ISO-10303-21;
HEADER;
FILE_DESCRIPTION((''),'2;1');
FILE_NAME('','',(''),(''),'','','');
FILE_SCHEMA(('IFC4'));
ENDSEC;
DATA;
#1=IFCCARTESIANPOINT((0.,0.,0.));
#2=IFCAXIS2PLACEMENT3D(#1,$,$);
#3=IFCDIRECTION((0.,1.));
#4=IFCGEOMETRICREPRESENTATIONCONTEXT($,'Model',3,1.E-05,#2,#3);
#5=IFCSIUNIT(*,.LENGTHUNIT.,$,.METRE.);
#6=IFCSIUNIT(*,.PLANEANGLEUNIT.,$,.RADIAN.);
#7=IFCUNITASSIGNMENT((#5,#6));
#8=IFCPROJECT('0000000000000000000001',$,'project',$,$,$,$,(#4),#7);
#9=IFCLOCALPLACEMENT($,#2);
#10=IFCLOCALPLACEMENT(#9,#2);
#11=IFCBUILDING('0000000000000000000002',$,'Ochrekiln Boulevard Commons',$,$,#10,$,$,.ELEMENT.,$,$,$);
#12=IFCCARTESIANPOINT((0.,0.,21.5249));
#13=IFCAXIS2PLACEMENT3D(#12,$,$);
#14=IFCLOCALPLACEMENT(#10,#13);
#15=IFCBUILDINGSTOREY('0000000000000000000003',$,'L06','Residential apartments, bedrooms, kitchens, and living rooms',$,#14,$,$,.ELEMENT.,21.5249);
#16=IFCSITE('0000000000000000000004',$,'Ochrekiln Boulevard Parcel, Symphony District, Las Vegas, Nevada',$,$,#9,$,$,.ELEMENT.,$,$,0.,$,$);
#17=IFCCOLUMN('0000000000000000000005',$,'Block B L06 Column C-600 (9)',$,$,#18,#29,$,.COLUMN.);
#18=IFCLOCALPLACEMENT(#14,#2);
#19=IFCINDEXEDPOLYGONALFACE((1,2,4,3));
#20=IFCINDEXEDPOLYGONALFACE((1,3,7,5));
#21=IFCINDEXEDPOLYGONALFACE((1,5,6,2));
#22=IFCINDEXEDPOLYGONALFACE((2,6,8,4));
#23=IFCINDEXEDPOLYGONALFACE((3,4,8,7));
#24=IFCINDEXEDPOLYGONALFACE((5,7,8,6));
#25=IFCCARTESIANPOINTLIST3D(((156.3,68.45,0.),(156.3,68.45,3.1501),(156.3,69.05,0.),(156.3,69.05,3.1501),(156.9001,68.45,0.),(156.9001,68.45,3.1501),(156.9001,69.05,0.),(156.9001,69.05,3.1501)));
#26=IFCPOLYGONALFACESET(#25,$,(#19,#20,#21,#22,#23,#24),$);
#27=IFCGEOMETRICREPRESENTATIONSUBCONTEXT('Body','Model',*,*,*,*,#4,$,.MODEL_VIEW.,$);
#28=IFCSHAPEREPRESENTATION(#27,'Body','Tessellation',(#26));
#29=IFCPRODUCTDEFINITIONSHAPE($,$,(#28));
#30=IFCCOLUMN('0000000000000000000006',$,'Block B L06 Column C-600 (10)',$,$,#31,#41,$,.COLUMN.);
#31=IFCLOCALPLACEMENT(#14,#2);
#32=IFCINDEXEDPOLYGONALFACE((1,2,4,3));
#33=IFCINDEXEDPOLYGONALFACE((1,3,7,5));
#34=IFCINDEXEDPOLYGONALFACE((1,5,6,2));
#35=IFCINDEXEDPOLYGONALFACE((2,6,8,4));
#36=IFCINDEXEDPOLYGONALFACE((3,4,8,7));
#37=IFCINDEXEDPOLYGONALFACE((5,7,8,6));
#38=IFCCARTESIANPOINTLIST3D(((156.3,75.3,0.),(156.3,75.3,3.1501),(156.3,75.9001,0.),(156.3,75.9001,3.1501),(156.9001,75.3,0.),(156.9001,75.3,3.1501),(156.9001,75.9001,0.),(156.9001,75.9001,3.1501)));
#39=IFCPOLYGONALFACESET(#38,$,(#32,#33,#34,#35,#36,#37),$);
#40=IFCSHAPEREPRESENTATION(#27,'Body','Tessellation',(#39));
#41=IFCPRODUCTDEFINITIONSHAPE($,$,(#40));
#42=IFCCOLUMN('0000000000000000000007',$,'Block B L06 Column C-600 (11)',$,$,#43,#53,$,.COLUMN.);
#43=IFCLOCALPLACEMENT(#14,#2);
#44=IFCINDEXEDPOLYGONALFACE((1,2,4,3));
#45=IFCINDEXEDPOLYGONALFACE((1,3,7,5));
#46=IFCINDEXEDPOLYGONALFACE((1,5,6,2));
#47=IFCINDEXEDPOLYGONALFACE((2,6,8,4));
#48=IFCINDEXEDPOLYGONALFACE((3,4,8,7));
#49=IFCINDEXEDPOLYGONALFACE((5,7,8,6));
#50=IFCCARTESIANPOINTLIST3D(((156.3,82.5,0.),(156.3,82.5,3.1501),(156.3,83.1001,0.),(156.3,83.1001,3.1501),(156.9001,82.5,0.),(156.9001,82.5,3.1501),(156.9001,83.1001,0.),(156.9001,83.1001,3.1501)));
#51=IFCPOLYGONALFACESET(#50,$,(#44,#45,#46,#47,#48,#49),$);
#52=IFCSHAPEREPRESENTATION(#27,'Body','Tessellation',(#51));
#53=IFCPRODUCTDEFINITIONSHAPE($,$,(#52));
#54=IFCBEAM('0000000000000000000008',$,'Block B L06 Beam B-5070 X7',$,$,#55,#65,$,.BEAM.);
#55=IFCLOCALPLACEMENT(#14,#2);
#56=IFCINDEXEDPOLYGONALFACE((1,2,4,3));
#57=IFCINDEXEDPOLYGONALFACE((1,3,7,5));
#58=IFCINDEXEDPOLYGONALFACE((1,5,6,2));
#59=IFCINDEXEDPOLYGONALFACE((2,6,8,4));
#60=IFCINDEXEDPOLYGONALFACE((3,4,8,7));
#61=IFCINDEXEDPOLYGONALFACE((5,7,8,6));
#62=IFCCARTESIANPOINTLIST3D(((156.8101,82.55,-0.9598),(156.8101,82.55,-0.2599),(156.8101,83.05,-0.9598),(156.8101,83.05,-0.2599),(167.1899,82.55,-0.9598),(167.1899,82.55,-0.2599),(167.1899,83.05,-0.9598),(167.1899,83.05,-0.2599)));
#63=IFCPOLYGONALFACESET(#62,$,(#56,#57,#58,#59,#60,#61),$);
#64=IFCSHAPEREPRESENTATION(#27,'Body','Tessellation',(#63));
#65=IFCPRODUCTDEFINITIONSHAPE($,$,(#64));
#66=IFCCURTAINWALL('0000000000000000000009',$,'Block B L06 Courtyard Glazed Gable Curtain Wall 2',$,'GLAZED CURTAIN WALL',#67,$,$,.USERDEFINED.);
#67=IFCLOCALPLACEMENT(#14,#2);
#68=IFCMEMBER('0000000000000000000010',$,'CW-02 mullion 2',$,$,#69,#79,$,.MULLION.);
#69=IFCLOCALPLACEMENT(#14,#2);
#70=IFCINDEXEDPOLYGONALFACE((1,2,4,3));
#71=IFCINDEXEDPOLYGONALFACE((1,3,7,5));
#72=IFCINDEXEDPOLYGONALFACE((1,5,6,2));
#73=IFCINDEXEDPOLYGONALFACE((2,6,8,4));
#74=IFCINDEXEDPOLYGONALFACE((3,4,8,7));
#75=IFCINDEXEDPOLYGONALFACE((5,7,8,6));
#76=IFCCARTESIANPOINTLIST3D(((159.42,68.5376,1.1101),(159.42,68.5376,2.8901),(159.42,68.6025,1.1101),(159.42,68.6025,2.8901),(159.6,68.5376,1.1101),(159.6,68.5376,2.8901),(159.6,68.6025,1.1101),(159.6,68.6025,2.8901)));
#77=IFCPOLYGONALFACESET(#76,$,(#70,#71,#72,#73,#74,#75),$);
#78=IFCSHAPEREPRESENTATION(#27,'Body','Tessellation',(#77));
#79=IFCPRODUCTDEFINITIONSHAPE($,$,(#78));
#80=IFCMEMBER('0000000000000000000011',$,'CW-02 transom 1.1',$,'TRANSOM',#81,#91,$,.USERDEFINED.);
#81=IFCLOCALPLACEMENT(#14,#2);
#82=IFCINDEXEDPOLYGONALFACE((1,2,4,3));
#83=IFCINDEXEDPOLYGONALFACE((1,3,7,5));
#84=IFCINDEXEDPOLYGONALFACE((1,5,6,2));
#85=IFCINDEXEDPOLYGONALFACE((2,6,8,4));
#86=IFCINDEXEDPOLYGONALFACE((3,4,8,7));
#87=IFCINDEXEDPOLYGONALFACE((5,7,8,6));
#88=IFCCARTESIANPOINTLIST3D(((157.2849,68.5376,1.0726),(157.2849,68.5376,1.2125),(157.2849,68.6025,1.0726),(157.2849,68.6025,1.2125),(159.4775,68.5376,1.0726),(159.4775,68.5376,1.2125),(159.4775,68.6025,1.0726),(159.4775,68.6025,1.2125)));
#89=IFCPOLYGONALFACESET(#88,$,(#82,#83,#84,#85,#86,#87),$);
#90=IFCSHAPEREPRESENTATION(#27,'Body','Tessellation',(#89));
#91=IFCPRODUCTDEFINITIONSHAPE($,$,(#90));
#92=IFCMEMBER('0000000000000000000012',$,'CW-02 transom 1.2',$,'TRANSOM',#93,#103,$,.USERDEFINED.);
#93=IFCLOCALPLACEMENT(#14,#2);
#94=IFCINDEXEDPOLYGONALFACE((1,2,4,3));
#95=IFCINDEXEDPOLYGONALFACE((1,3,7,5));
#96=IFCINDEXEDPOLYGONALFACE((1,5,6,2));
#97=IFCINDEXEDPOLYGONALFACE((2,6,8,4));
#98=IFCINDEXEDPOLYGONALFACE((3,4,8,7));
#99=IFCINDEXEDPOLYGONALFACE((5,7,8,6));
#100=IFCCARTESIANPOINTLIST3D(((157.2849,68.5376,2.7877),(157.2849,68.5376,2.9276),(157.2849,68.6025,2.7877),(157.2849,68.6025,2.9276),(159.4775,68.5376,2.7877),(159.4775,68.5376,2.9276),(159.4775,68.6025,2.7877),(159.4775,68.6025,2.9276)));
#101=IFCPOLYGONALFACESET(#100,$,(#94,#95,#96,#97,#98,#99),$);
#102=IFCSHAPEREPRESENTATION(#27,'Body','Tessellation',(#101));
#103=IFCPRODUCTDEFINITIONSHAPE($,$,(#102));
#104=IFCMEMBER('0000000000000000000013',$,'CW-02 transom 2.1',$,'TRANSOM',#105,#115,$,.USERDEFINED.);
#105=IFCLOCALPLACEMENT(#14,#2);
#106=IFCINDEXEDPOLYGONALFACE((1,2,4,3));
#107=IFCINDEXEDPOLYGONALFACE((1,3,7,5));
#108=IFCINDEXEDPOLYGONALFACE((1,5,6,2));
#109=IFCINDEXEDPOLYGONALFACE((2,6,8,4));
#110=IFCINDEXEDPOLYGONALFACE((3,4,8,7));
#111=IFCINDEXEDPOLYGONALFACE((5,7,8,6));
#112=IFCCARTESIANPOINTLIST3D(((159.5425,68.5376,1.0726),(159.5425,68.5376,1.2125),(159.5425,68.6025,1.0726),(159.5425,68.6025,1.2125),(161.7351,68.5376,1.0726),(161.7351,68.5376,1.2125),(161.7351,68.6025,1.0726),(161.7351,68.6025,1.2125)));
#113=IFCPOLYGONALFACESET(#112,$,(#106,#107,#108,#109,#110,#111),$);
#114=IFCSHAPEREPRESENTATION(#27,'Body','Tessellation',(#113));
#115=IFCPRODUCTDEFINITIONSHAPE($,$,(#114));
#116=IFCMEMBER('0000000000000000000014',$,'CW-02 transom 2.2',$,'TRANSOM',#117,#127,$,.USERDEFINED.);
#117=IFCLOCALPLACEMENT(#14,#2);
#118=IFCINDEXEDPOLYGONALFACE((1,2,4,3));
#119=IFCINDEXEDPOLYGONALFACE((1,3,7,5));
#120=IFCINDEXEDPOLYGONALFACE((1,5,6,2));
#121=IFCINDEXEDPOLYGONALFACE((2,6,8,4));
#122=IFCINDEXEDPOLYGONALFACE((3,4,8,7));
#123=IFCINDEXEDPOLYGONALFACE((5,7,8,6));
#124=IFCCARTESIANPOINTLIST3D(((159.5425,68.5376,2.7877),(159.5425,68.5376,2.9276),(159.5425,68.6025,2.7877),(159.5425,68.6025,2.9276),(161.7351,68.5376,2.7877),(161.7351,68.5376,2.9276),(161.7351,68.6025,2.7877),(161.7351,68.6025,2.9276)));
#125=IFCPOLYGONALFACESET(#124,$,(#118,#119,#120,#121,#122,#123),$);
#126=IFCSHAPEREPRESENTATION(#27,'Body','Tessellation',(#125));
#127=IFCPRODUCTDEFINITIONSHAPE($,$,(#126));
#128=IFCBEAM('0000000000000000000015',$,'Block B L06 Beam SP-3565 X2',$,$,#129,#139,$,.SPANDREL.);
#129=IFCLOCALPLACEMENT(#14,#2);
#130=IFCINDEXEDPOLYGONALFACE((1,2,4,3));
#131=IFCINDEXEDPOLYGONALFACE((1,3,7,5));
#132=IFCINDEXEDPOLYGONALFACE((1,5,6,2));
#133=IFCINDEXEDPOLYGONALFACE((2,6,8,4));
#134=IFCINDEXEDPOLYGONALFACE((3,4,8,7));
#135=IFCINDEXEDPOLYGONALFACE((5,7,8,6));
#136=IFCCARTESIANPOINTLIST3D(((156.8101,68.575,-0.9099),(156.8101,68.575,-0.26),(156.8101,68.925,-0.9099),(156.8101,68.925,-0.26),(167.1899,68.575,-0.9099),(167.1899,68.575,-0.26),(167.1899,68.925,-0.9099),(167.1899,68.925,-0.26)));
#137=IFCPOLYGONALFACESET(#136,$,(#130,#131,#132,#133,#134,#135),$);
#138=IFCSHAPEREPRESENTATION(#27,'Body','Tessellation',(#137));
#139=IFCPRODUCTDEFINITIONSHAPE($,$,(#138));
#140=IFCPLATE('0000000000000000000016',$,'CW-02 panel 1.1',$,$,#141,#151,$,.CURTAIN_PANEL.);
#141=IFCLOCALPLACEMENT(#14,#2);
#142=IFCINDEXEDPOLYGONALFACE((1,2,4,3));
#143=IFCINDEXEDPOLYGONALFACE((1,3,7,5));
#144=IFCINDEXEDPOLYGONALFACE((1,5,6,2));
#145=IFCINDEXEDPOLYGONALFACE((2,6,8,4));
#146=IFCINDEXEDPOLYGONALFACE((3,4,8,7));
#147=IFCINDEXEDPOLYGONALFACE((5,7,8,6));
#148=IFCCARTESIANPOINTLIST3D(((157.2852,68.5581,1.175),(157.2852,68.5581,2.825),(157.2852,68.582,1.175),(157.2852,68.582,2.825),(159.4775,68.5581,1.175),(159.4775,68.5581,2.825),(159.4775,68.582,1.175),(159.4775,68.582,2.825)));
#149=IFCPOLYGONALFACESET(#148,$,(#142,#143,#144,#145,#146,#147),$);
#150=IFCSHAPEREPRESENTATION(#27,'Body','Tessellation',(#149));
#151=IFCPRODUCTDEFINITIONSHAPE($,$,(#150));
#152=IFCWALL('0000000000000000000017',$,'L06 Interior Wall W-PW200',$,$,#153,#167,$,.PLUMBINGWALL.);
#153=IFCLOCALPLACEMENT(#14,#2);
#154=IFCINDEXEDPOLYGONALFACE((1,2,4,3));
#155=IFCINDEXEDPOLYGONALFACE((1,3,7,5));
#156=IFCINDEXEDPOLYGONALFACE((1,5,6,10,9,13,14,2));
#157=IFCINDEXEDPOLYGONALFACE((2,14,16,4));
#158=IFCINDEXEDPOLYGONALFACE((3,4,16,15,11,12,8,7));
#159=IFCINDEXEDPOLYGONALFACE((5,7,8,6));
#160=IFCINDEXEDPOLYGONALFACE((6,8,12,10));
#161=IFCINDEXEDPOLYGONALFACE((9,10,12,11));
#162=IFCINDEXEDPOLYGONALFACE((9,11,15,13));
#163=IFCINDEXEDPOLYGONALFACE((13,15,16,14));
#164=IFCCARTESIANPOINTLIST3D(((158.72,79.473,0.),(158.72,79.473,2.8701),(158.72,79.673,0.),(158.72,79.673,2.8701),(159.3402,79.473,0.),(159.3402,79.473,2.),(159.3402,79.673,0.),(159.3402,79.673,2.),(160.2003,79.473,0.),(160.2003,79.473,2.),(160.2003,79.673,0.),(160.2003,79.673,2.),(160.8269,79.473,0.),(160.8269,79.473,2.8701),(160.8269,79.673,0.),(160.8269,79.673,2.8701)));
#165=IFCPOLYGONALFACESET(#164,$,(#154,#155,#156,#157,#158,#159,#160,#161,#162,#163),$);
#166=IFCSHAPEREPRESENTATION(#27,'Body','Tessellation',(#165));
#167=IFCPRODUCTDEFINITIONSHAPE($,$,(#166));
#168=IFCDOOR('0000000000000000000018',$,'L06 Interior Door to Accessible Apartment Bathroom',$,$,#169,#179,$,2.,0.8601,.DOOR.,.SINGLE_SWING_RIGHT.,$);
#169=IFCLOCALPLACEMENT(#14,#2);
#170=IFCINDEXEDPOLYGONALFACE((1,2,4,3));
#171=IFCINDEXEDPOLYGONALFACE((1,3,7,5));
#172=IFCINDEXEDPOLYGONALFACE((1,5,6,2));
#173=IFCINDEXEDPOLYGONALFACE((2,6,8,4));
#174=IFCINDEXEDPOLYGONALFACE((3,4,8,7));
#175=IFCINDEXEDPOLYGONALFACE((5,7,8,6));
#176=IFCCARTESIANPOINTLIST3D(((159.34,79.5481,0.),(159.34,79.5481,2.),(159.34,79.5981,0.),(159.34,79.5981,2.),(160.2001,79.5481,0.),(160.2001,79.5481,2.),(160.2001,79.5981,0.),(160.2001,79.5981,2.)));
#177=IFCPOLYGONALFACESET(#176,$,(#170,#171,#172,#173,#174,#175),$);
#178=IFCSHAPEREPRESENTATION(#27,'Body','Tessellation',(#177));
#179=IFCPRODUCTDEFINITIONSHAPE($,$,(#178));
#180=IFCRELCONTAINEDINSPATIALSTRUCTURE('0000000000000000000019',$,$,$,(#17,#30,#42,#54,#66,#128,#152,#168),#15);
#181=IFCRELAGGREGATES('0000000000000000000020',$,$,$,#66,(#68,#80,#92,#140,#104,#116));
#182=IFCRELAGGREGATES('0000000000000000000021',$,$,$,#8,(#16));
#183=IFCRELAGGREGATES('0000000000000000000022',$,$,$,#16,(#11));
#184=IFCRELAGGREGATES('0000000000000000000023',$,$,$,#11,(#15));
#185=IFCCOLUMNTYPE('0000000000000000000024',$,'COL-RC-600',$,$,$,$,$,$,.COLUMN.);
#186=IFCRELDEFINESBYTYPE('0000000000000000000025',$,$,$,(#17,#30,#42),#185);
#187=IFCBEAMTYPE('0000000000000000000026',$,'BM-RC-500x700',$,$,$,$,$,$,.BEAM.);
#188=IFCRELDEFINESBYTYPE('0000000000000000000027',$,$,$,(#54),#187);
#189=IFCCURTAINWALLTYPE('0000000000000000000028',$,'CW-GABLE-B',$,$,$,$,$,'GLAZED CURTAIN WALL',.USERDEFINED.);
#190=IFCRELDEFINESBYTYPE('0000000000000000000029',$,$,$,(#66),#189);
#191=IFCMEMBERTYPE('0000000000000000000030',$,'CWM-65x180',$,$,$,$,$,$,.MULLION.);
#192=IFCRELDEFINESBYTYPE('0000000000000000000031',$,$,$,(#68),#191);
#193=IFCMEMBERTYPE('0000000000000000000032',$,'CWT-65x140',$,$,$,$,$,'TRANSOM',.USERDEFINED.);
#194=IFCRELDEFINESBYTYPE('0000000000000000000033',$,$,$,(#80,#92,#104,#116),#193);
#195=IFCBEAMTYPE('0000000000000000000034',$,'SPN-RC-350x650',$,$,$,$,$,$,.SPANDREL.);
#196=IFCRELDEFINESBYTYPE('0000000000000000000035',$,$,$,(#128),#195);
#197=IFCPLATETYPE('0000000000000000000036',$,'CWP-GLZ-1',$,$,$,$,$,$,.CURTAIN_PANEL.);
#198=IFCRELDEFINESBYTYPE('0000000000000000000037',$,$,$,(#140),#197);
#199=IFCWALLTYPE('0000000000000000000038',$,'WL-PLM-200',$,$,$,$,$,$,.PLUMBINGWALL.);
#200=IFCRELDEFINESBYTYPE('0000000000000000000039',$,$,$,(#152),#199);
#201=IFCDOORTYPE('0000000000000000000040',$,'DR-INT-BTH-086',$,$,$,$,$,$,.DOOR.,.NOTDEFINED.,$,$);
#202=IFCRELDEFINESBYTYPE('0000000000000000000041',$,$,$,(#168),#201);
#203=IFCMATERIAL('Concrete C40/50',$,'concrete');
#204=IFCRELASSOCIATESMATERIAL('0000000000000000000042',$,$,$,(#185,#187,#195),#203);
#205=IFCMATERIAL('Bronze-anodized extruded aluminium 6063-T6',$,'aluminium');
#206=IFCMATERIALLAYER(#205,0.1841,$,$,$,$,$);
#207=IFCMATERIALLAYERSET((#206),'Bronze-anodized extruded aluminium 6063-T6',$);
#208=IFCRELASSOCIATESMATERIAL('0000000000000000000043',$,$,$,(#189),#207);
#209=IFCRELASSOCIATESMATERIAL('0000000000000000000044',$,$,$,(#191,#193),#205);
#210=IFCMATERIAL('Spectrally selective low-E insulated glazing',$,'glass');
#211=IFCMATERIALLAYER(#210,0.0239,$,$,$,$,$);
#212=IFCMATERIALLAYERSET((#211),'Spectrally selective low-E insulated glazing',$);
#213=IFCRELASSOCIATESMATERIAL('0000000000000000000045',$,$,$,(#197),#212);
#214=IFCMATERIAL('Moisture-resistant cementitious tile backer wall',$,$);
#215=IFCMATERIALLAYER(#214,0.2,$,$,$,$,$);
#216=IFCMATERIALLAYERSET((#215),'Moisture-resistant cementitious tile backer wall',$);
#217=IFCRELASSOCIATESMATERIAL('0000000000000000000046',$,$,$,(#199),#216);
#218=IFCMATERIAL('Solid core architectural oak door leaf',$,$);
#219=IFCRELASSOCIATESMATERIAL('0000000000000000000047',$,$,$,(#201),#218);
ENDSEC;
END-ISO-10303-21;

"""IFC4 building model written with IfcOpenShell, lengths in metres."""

from ifc_helpers import new_model, si_unit, direction, frame, frame_2d, origin, origin_2d, place, context, subcontext, project, spatial, rectangle, extrude, material, layer, layer_set, material_profile, profile_set, type_object, element, fill, aggregate, save


model = new_model("IFC4")

# Units and contexts
model_context = context("Model", 3, precision=1e-05, world=origin(), true_north=direction((0.0, 1.0)))
body_context = subcontext(model_context, "Body", "Model", "MODEL_VIEW")
ifc_project = project(units=[si_unit("LENGTHUNIT", "METRE"), si_unit("PLANEANGLEUNIT", "RADIAN")], contexts=[model_context])

# Site, building, storey
site_placement = place(None, origin())
site = spatial("IfcSite", under=ifc_project, at=site_placement, Name="Ochrekiln Boulevard Parcel, Symphony District, Las Vegas, Nevada", CompositionType="ELEMENT", RefElevation=0.0)
building_placement = place(site_placement, origin())
building = spatial("IfcBuilding", under=site, at=building_placement, Name="Ochrekiln Boulevard Commons", CompositionType="ELEMENT")
storey_placement = place(building_placement, frame((0.0, 0.0, 21.5249)))
storey = spatial("IfcBuildingStorey", under=building, at=storey_placement, Name="L06", Description="Residential apartments, bedrooms, kitchens, and living rooms", CompositionType="ELEMENT", Elevation=21.5249)

# Columns
ifc_material_1 = material(Name="Concrete C40/50", Category="concrete")
ifc_material_profile_1 = material_profile(ifc_material_1, rectangle(XDim=0.6001, YDim=0.6001, at=origin_2d()), Name="RC-COL-600x600")
ifc_profile_set_1 = profile_set([ifc_material_profile_1], Name="Concrete C40/50")
column_type = type_object("IfcColumnType", Name="COL-RC-600", PredefinedType="COLUMN", material=ifc_profile_set_1)
for number, where, z_axis, x_axis, name in (
    (1, (156.6001, 68.75, 0.0), (0.0, 0.0, 1.0), (1.0, 0.0, 0.0), "Block B L06 Column C-600 (9)"),
    (2, (156.6001, 75.6001, 0.0), (0.0, 0.0, 1.0), (1.0, 0.0, 0.0), "Block B L06 Column C-600 (10)"),
    (3, (156.6001, 82.8, 0.0), (0.0, 0.0, 1.0), (1.0, 0.0, 0.0), "Block B L06 Column C-600 (11)"),
):
    element("IfcColumn", number, at=place(storey_placement, frame(where, z_axis=z_axis, x_axis=x_axis)), inside=storey, type_object=column_type, Name=name, PredefinedType="COLUMN", context=body_context, shape_type="SweptSolid", body=[
        extrude(rectangle(XDim=0.6001, YDim=0.6001, at=origin_2d()), origin(), (0.0, 0.0, 1.0), 3.1501),
    ])

# Beam
ifc_material_profile_2 = material_profile(ifc_material_1, rectangle(XDim=0.5, YDim=0.7, at=origin_2d()), Name="RC-BM-500x700")
ifc_profile_set_2 = profile_set([ifc_material_profile_2], Name="Concrete C40/50")
beam_type_1 = type_object("IfcBeamType", Name="BM-RC-500x700", PredefinedType="BEAM", material=ifc_profile_set_2)
beam_1_placement = place(storey_placement, frame((156.8101, 82.8, -0.6099), z_axis=(1.0, 0.0, 0.0), x_axis=(0.0, 1.0, 0.0)))
element("IfcBeam", 4, at=beam_1_placement, inside=storey, type_object=beam_type_1, Name="Block B L06 Beam B-5070 X7", PredefinedType="BEAM", context=body_context, shape_type="SweptSolid", body=[
    extrude(rectangle(XDim=0.5, YDim=0.7, at=origin_2d()), origin(), (0.0, 0.0, 1.0), 10.3799),
])

# Curtain wall, members
ifc_material_2 = material(Name="Bronze-anodized extruded aluminium 6063-T6", Category="aluminium")
ifc_layer_1 = layer(ifc_material_2, 0.1841)
ifc_layer_set_1 = layer_set([ifc_layer_1], Name="Bronze-anodized extruded aluminium 6063-T6")
curtain_wall_type = type_object("IfcCurtainWallType", Name="CW-GABLE-B", ElementType="GLAZED CURTAIN WALL", PredefinedType="USERDEFINED", material=ifc_layer_set_1)
curtain_wall_placement = place(storey_placement, origin())
curtain_wall = element("IfcCurtainWall", 5, at=curtain_wall_placement, inside=storey, type_object=curtain_wall_type, Name="Block B L06 Courtyard Glazed Gable Curtain Wall 2", ObjectType="GLAZED CURTAIN WALL", PredefinedType="USERDEFINED")
ifc_material_profile_3 = material_profile(ifc_material_2, rectangle(XDim=0.0649, YDim=0.1799, at=origin_2d()), Name="ALU-MUL-65x180")
ifc_profile_set_3 = profile_set([ifc_material_profile_3], Name="Bronze-anodized extruded aluminium 6063-T6")
member_type_1 = type_object("IfcMemberType", Name="CWM-65x180", PredefinedType="MULLION", material=ifc_profile_set_3)
member_1_placement = place(storey_placement, frame((159.51, 68.5701, 1.1101), z_axis=(0.0, 0.0, 1.0), x_axis=(0.0, 1.0, 0.0)))
member_1 = element("IfcMember", 6, at=member_1_placement, type_object=member_type_1, Name="CW-02 mullion 2", PredefinedType="MULLION", context=body_context, shape_type="SweptSolid", body=[
    extrude(rectangle(XDim=0.0649, YDim=0.1799, at=origin_2d()), origin(), (0.0, 0.0, 1.0), 1.78),
])
ifc_material_profile_4 = material_profile(ifc_material_2, rectangle(XDim=0.0649, YDim=0.1399, at=origin_2d()), Name="ALU-TRN-65x140")
ifc_profile_set_4 = profile_set([ifc_material_profile_4], Name="Bronze-anodized extruded aluminium 6063-T6")
member_type_2 = type_object("IfcMemberType", Name="CWT-65x140", ElementType="TRANSOM", PredefinedType="USERDEFINED", material=ifc_profile_set_4)
member_2_placement = place(storey_placement, frame((157.2849, 68.5701, 1.1426), z_axis=(1.0, 0.0, 0.0), x_axis=(0.0, 1.0, 0.0)))
member_2 = element("IfcMember", 7, at=member_2_placement, type_object=member_type_2, Name="CW-02 transom 1.1", ObjectType="TRANSOM", PredefinedType="USERDEFINED", context=body_context, shape_type="SweptSolid", body=[
    extrude(rectangle(XDim=0.0649, YDim=0.1399, at=origin_2d()), origin(), (0.0, 0.0, 1.0), 2.1926),
])
member_3_placement = place(storey_placement, frame((157.2849, 68.5701, 2.8577), z_axis=(1.0, 0.0, 0.0), x_axis=(0.0, 1.0, 0.0)))
member_3 = element("IfcMember", 8, at=member_3_placement, type_object=member_type_2, Name="CW-02 transom 1.2", ObjectType="TRANSOM", PredefinedType="USERDEFINED", context=body_context, shape_type="SweptSolid", body=[
    extrude(rectangle(XDim=0.0649, YDim=0.1399, at=origin_2d()), origin(), (0.0, 0.0, 1.0), 2.1926),
])
member_4_placement = place(storey_placement, frame((159.5425, 68.5701, 1.1426), z_axis=(1.0, 0.0, 0.0), x_axis=(0.0, 1.0, 0.0)))
member_4 = element("IfcMember", 9, at=member_4_placement, type_object=member_type_2, Name="CW-02 transom 2.1", ObjectType="TRANSOM", PredefinedType="USERDEFINED", context=body_context, shape_type="SweptSolid", body=[
    extrude(rectangle(XDim=0.0649, YDim=0.1399, at=origin_2d()), origin(), (0.0, 0.0, 1.0), 2.1926),
])
member_5_placement = place(storey_placement, frame((159.5425, 68.5701, 2.8577), z_axis=(1.0, 0.0, 0.0), x_axis=(0.0, 1.0, 0.0)))
member_5 = element("IfcMember", 10, at=member_5_placement, type_object=member_type_2, Name="CW-02 transom 2.2", ObjectType="TRANSOM", PredefinedType="USERDEFINED", context=body_context, shape_type="SweptSolid", body=[
    extrude(rectangle(XDim=0.0649, YDim=0.1399, at=origin_2d()), origin(), (0.0, 0.0, 1.0), 2.1926),
])

# Beam
ifc_material_profile_5 = material_profile(ifc_material_1, rectangle(XDim=0.3501, YDim=0.6499, at=origin_2d()), Name="RC-SPN-350x650")
ifc_profile_set_5 = profile_set([ifc_material_profile_5], Name="Concrete C40/50")
beam_type_2 = type_object("IfcBeamType", Name="SPN-RC-350x650", PredefinedType="SPANDREL", material=ifc_profile_set_5)
beam_2_placement = place(storey_placement, frame((156.8101, 68.75, -0.585), z_axis=(1.0, 0.0, 0.0), x_axis=(0.0, 1.0, 0.0)))
element("IfcBeam", 11, at=beam_2_placement, inside=storey, type_object=beam_type_2, Name="Block B L06 Beam SP-3565 X2", PredefinedType="SPANDREL", context=body_context, shape_type="SweptSolid", body=[
    extrude(rectangle(XDim=0.3501, YDim=0.6499, at=origin_2d()), origin(), (0.0, 0.0, 1.0), 10.3799),
])

# Plate
ifc_material_3 = material(Name="Spectrally selective low-E insulated glazing", Category="glass")
ifc_layer_2 = layer(ifc_material_3, 0.0239)
ifc_layer_set_2 = layer_set([ifc_layer_2], Name="Spectrally selective low-E insulated glazing")
plate_type = type_object("IfcPlateType", Name="CWP-GLZ-1", PredefinedType="CURTAIN_PANEL", material=ifc_layer_set_2)
plate_placement = place(storey_placement, frame((158.3813, 68.5701, 1.175), z_axis=(0.0, 0.0, 1.0), x_axis=(1.0, 0.0, 0.0)))
plate = element("IfcPlate", 12, at=plate_placement, type_object=plate_type, Name="CW-02 panel 1.1", PredefinedType="CURTAIN_PANEL", context=body_context, shape_type="SweptSolid", body=[
    extrude(rectangle(XDim=2.1924, YDim=0.0239, at=origin_2d()), origin(), (0.0, 0.0, 1.0), 1.6499),
])
aggregate(curtain_wall, [member_1, member_2, member_3, plate, member_4, member_5])

# Wall, opening, door
ifc_material_4 = material(Name="Moisture-resistant cementitious tile backer wall")
ifc_layer_3 = layer(ifc_material_4, 0.2)
ifc_layer_set_3 = layer_set([ifc_layer_3], Name="Moisture-resistant cementitious tile backer wall")
wall_type_1 = type_object("IfcWallType", Name="WL-PLM-200", PredefinedType="PLUMBINGWALL", material=ifc_layer_set_3)
wall_1_placement = place(storey_placement, frame((158.72, 79.573, 0.0), z_axis=(0.0, 0.0, 1.0), x_axis=(1.0, 0.0, 0.0)))
wall_1 = element("IfcWall", 13, at=wall_1_placement, inside=storey, type_object=wall_type_1, Name="L06 Interior Wall W-PW200", PredefinedType="PLUMBINGWALL", context=body_context, shape_type="SweptSolid", body=[
    extrude(rectangle(XDim=2.1069, YDim=0.2, at=frame_2d((1.0535, 0.0))), origin(), (0.0, 0.0, 1.0), 2.8701),
])
opening_1_placement = place(wall_1_placement, frame((0.6201, 0.0, 0.0)))
opening_1 = element("IfcOpeningElement", 14, at=opening_1_placement, cuts=wall_1, PredefinedType="OPENING", context=body_context, shape_type="SweptSolid", body=[
    extrude(rectangle(XDim=0.8601, YDim=2.0, at=frame_2d((0.4302, 1.0))), frame((0.0, 0.1099, 0.0), z_axis=(0.0, -1.0, 0.0), x_axis=(1.0, 0.0, 0.0)), (0.0, 0.0, 1.0), 0.22),
])
ifc_material_5 = material(Name="Solid core architectural oak door leaf")
door_type_1 = type_object("IfcDoorType", Name="DR-INT-BTH-086", OperationType="NOTDEFINED", PredefinedType="DOOR", material=ifc_material_5)
door_1_placement = place(opening_1_placement, frame((0.8601, 0.0, 0.0), z_axis=(0.0, 0.0, 1.0), x_axis=(-1.0, 0.0, 0.0)))
door_1 = element("IfcDoor", 15, at=door_1_placement, inside=storey, type_object=door_type_1, Name="L06 Interior Door to Accessible Apartment Bathroom", OperationType="SINGLE_SWING_RIGHT", OverallHeight=2.0, OverallWidth=0.8601, PredefinedType="DOOR", context=body_context, shape_type="SweptSolid", body=[
    extrude(rectangle(XDim=0.8601, YDim=2.0, at=frame_2d((0.4302, 1.0))), frame((0.0, 0.0249, 0.0), z_axis=(0.0, -1.0, 0.0), x_axis=(1.0, 0.0, 0.0)), (0.0, 0.0, 1.0), 0.05),
])
fill(opening_1, door_1)

save(model, "model.ifc")
